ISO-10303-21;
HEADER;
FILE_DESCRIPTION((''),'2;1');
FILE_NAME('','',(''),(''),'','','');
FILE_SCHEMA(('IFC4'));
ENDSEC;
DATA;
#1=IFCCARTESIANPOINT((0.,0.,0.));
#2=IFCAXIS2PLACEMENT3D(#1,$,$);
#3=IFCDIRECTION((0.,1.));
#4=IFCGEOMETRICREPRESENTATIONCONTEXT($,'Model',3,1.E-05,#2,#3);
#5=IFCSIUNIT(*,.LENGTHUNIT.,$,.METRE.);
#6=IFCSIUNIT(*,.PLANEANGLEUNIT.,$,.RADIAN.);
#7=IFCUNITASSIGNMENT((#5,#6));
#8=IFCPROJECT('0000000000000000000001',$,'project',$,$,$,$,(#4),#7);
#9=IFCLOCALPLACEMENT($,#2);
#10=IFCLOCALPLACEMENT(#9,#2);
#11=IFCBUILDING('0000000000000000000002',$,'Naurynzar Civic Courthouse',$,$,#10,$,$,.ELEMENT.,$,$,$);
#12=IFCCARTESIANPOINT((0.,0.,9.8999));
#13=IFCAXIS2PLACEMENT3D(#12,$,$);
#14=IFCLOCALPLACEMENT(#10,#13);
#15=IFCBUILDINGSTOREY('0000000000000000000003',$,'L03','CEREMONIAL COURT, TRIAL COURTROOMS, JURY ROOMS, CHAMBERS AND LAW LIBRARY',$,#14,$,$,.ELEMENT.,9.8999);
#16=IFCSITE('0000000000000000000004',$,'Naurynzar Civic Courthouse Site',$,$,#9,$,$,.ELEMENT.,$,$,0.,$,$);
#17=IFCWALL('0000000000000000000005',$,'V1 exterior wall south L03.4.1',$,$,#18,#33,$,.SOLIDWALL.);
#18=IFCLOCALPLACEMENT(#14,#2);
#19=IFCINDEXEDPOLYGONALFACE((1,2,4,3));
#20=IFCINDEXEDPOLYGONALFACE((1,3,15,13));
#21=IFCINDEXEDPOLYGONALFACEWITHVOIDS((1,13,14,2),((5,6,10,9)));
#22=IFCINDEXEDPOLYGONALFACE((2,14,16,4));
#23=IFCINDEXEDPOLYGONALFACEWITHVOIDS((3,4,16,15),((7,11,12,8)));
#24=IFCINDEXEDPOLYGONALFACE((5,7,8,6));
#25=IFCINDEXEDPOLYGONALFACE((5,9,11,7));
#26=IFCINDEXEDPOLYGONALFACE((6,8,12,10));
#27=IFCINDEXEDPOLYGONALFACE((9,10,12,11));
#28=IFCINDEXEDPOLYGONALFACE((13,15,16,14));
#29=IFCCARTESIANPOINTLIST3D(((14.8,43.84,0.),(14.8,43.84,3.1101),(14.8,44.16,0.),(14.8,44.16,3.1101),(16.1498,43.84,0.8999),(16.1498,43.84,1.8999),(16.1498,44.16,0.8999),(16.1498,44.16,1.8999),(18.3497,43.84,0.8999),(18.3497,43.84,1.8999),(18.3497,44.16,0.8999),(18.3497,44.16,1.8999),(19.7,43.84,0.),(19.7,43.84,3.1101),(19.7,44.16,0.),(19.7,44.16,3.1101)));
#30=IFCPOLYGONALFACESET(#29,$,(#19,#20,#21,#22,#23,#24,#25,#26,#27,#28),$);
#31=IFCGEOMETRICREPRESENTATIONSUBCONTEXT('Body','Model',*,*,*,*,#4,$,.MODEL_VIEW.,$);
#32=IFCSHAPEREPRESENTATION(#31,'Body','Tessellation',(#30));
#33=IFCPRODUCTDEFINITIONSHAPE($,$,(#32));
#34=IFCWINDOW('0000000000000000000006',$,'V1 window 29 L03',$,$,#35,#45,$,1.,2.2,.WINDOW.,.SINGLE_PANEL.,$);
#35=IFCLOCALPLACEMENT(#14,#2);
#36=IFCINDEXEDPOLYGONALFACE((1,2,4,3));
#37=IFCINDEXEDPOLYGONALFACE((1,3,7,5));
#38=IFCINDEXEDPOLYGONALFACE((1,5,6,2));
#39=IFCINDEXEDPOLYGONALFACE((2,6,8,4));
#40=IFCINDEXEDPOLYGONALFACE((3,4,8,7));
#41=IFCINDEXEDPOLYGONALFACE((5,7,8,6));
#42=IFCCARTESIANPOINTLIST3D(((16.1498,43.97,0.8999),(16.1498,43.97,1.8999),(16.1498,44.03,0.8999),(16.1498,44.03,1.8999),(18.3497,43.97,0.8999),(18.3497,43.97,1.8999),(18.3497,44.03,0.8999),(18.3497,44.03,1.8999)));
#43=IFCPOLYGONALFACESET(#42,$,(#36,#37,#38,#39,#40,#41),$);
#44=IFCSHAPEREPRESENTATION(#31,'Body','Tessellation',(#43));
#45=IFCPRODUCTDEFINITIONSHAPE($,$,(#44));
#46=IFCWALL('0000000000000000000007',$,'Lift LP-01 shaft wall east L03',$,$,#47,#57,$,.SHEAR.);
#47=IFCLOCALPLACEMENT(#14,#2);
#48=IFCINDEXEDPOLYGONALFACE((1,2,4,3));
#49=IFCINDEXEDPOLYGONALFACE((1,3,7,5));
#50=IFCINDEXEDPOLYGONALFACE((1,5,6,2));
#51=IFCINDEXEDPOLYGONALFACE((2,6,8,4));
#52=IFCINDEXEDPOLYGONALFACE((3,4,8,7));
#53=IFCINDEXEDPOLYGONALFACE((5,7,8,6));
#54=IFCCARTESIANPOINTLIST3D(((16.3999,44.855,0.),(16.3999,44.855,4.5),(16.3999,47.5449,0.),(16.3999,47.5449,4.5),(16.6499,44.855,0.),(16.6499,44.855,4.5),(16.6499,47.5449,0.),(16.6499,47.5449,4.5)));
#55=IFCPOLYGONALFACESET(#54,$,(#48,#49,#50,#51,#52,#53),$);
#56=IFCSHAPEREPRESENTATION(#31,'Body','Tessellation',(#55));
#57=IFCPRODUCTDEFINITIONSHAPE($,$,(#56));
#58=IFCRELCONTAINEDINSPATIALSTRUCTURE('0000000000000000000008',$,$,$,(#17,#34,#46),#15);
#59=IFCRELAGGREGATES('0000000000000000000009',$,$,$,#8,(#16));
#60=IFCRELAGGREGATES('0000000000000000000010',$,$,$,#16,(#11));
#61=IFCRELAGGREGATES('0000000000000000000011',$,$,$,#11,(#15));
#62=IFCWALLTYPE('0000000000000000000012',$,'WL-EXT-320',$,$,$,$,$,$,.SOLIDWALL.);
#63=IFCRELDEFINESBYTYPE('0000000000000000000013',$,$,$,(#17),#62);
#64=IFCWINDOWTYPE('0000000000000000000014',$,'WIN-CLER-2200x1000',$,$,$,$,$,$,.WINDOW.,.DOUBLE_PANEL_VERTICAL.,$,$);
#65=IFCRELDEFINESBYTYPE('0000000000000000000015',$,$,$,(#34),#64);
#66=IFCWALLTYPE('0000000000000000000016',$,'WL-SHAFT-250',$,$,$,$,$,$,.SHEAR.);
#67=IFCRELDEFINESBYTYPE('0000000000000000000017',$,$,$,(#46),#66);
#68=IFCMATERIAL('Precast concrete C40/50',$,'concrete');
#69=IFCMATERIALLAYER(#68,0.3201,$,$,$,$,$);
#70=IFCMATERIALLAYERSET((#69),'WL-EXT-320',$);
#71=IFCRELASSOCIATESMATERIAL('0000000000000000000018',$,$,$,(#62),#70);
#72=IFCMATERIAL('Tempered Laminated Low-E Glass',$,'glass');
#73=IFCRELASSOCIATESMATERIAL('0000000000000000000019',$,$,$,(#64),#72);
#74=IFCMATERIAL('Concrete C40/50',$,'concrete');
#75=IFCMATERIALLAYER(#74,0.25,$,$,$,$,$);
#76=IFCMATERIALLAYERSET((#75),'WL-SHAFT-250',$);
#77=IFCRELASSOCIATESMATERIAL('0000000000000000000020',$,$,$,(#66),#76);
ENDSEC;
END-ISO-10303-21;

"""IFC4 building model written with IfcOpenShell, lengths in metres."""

from ifc_helpers import new_model, si_unit, direction, frame, frame_2d, origin, place, context, subcontext, project, spatial, rectangle, extrude, material, layer, layer_set, type_object, element, fill, save


model = new_model("IFC4")

# Units and contexts
model_context = context("Model", 3, precision=1e-05, world=origin(), true_north=direction((0.0, 1.0)))
body_context = subcontext(model_context, "Body", "Model", "MODEL_VIEW")
ifc_project = project(units=[si_unit("LENGTHUNIT", "METRE"), si_unit("PLANEANGLEUNIT", "RADIAN")], contexts=[model_context])

# Site, building, storey
site_placement = place(None, origin())
site = spatial("IfcSite", under=ifc_project, at=site_placement, Name="Naurynzar Civic Courthouse Site", CompositionType="ELEMENT", RefElevation=0.0)
building_placement = place(site_placement, origin())
building = spatial("IfcBuilding", under=site, at=building_placement, Name="Naurynzar Civic Courthouse", CompositionType="ELEMENT")
storey_placement = place(building_placement, frame((0.0, 0.0, 9.8999)))
storey = spatial("IfcBuildingStorey", under=building, at=storey_placement, Name="L03", Description="CEREMONIAL COURT, TRIAL COURTROOMS, JURY ROOMS, CHAMBERS AND LAW LIBRARY", CompositionType="ELEMENT", Elevation=9.8999)

# Wall, opening, window
ifc_material_1 = material(Name="Precast concrete C40/50", Category="concrete")
ifc_layer_1 = layer(ifc_material_1, 0.3201)
ifc_layer_set_1 = layer_set([ifc_layer_1], Name="WL-EXT-320")
wall_type_1 = type_object("IfcWallType", Name="WL-EXT-320", PredefinedType="SOLIDWALL", material=ifc_layer_set_1)
wall_1_placement = place(storey_placement, frame((19.7, 44.0, 0.0), z_axis=(0.0, 0.0, 1.0), x_axis=(-1.0, 0.0, 0.0)))
wall_1 = element("IfcWall", 1, at=wall_1_placement, inside=storey, type_object=wall_type_1, Name="V1 exterior wall south L03.4.1", PredefinedType="SOLIDWALL", context=body_context, shape_type="SweptSolid", body=[
    extrude(rectangle(XDim=4.8999, YDim=0.3201, at=frame_2d((2.45, 0.0))), origin(), (0.0, 0.0, 1.0), 3.1101),
])
opening_1_placement = place(wall_1_placement, frame((1.3501, 0.0, 0.8999)))
opening_1 = element("IfcOpeningElement", 2, at=opening_1_placement, cuts=wall_1, PredefinedType="OPENING", context=body_context, shape_type="SweptSolid", body=[
    extrude(rectangle(XDim=2.2, YDim=1.0, at=frame_2d((1.1001, 0.5))), frame((0.0, 0.1699, 0.0), z_axis=(0.0, -1.0, 0.0), x_axis=(1.0, 0.0, 0.0)), (0.0, 0.0, 1.0), 0.3401),
])
ifc_material_2 = material(Name="Tempered Laminated Low-E Glass", Category="glass")
window_type = type_object("IfcWindowType", Name="WIN-CLER-2200x1000", PartitioningType="DOUBLE_PANEL_VERTICAL", PredefinedType="WINDOW", material=ifc_material_2)
window_placement = place(opening_1_placement, origin())
window = element("IfcWindow", 3, at=window_placement, inside=storey, type_object=window_type, Name="V1 window 29 L03", OverallHeight=1.0, OverallWidth=2.2, PartitioningType="SINGLE_PANEL", PredefinedType="WINDOW", context=body_context, shape_type="SweptSolid", body=[
    extrude(rectangle(XDim=2.2, YDim=1.0, at=frame_2d((1.1001, 0.5))), frame((0.0, 0.03, 0.0), z_axis=(0.0, -1.0, 0.0), x_axis=(1.0, 0.0, 0.0)), (0.0, 0.0, 1.0), 0.0601),
])
fill(opening_1, window)

# Shared definitions
ifc_material_3 = material(Name="Concrete C40/50", Category="concrete")
ifc_layer_2 = layer(ifc_material_3, 0.25)
ifc_layer_set_2 = layer_set([ifc_layer_2], Name="WL-SHAFT-250")
wall_type_2 = type_object("IfcWallType", Name="WL-SHAFT-250", PredefinedType="SHEAR", material=ifc_layer_set_2)

# Wall
wall_2_placement = place(storey_placement, frame((16.5249, 44.855, 0.0), z_axis=(0.0, 0.0, 1.0), x_axis=(0.0, 1.0, 0.0)))
element("IfcWall", 4, at=wall_2_placement, inside=storey, type_object=wall_type_2, Name="Lift LP-01 shaft wall east L03", PredefinedType="SHEAR", context=body_context, shape_type="SweptSolid", body=[
    extrude(rectangle(XDim=2.6899, YDim=0.25, at=frame_2d((1.345, 0.0))), origin(), (0.0, 0.0, 1.0), 4.5),
])

save(model, "model.ifc")
